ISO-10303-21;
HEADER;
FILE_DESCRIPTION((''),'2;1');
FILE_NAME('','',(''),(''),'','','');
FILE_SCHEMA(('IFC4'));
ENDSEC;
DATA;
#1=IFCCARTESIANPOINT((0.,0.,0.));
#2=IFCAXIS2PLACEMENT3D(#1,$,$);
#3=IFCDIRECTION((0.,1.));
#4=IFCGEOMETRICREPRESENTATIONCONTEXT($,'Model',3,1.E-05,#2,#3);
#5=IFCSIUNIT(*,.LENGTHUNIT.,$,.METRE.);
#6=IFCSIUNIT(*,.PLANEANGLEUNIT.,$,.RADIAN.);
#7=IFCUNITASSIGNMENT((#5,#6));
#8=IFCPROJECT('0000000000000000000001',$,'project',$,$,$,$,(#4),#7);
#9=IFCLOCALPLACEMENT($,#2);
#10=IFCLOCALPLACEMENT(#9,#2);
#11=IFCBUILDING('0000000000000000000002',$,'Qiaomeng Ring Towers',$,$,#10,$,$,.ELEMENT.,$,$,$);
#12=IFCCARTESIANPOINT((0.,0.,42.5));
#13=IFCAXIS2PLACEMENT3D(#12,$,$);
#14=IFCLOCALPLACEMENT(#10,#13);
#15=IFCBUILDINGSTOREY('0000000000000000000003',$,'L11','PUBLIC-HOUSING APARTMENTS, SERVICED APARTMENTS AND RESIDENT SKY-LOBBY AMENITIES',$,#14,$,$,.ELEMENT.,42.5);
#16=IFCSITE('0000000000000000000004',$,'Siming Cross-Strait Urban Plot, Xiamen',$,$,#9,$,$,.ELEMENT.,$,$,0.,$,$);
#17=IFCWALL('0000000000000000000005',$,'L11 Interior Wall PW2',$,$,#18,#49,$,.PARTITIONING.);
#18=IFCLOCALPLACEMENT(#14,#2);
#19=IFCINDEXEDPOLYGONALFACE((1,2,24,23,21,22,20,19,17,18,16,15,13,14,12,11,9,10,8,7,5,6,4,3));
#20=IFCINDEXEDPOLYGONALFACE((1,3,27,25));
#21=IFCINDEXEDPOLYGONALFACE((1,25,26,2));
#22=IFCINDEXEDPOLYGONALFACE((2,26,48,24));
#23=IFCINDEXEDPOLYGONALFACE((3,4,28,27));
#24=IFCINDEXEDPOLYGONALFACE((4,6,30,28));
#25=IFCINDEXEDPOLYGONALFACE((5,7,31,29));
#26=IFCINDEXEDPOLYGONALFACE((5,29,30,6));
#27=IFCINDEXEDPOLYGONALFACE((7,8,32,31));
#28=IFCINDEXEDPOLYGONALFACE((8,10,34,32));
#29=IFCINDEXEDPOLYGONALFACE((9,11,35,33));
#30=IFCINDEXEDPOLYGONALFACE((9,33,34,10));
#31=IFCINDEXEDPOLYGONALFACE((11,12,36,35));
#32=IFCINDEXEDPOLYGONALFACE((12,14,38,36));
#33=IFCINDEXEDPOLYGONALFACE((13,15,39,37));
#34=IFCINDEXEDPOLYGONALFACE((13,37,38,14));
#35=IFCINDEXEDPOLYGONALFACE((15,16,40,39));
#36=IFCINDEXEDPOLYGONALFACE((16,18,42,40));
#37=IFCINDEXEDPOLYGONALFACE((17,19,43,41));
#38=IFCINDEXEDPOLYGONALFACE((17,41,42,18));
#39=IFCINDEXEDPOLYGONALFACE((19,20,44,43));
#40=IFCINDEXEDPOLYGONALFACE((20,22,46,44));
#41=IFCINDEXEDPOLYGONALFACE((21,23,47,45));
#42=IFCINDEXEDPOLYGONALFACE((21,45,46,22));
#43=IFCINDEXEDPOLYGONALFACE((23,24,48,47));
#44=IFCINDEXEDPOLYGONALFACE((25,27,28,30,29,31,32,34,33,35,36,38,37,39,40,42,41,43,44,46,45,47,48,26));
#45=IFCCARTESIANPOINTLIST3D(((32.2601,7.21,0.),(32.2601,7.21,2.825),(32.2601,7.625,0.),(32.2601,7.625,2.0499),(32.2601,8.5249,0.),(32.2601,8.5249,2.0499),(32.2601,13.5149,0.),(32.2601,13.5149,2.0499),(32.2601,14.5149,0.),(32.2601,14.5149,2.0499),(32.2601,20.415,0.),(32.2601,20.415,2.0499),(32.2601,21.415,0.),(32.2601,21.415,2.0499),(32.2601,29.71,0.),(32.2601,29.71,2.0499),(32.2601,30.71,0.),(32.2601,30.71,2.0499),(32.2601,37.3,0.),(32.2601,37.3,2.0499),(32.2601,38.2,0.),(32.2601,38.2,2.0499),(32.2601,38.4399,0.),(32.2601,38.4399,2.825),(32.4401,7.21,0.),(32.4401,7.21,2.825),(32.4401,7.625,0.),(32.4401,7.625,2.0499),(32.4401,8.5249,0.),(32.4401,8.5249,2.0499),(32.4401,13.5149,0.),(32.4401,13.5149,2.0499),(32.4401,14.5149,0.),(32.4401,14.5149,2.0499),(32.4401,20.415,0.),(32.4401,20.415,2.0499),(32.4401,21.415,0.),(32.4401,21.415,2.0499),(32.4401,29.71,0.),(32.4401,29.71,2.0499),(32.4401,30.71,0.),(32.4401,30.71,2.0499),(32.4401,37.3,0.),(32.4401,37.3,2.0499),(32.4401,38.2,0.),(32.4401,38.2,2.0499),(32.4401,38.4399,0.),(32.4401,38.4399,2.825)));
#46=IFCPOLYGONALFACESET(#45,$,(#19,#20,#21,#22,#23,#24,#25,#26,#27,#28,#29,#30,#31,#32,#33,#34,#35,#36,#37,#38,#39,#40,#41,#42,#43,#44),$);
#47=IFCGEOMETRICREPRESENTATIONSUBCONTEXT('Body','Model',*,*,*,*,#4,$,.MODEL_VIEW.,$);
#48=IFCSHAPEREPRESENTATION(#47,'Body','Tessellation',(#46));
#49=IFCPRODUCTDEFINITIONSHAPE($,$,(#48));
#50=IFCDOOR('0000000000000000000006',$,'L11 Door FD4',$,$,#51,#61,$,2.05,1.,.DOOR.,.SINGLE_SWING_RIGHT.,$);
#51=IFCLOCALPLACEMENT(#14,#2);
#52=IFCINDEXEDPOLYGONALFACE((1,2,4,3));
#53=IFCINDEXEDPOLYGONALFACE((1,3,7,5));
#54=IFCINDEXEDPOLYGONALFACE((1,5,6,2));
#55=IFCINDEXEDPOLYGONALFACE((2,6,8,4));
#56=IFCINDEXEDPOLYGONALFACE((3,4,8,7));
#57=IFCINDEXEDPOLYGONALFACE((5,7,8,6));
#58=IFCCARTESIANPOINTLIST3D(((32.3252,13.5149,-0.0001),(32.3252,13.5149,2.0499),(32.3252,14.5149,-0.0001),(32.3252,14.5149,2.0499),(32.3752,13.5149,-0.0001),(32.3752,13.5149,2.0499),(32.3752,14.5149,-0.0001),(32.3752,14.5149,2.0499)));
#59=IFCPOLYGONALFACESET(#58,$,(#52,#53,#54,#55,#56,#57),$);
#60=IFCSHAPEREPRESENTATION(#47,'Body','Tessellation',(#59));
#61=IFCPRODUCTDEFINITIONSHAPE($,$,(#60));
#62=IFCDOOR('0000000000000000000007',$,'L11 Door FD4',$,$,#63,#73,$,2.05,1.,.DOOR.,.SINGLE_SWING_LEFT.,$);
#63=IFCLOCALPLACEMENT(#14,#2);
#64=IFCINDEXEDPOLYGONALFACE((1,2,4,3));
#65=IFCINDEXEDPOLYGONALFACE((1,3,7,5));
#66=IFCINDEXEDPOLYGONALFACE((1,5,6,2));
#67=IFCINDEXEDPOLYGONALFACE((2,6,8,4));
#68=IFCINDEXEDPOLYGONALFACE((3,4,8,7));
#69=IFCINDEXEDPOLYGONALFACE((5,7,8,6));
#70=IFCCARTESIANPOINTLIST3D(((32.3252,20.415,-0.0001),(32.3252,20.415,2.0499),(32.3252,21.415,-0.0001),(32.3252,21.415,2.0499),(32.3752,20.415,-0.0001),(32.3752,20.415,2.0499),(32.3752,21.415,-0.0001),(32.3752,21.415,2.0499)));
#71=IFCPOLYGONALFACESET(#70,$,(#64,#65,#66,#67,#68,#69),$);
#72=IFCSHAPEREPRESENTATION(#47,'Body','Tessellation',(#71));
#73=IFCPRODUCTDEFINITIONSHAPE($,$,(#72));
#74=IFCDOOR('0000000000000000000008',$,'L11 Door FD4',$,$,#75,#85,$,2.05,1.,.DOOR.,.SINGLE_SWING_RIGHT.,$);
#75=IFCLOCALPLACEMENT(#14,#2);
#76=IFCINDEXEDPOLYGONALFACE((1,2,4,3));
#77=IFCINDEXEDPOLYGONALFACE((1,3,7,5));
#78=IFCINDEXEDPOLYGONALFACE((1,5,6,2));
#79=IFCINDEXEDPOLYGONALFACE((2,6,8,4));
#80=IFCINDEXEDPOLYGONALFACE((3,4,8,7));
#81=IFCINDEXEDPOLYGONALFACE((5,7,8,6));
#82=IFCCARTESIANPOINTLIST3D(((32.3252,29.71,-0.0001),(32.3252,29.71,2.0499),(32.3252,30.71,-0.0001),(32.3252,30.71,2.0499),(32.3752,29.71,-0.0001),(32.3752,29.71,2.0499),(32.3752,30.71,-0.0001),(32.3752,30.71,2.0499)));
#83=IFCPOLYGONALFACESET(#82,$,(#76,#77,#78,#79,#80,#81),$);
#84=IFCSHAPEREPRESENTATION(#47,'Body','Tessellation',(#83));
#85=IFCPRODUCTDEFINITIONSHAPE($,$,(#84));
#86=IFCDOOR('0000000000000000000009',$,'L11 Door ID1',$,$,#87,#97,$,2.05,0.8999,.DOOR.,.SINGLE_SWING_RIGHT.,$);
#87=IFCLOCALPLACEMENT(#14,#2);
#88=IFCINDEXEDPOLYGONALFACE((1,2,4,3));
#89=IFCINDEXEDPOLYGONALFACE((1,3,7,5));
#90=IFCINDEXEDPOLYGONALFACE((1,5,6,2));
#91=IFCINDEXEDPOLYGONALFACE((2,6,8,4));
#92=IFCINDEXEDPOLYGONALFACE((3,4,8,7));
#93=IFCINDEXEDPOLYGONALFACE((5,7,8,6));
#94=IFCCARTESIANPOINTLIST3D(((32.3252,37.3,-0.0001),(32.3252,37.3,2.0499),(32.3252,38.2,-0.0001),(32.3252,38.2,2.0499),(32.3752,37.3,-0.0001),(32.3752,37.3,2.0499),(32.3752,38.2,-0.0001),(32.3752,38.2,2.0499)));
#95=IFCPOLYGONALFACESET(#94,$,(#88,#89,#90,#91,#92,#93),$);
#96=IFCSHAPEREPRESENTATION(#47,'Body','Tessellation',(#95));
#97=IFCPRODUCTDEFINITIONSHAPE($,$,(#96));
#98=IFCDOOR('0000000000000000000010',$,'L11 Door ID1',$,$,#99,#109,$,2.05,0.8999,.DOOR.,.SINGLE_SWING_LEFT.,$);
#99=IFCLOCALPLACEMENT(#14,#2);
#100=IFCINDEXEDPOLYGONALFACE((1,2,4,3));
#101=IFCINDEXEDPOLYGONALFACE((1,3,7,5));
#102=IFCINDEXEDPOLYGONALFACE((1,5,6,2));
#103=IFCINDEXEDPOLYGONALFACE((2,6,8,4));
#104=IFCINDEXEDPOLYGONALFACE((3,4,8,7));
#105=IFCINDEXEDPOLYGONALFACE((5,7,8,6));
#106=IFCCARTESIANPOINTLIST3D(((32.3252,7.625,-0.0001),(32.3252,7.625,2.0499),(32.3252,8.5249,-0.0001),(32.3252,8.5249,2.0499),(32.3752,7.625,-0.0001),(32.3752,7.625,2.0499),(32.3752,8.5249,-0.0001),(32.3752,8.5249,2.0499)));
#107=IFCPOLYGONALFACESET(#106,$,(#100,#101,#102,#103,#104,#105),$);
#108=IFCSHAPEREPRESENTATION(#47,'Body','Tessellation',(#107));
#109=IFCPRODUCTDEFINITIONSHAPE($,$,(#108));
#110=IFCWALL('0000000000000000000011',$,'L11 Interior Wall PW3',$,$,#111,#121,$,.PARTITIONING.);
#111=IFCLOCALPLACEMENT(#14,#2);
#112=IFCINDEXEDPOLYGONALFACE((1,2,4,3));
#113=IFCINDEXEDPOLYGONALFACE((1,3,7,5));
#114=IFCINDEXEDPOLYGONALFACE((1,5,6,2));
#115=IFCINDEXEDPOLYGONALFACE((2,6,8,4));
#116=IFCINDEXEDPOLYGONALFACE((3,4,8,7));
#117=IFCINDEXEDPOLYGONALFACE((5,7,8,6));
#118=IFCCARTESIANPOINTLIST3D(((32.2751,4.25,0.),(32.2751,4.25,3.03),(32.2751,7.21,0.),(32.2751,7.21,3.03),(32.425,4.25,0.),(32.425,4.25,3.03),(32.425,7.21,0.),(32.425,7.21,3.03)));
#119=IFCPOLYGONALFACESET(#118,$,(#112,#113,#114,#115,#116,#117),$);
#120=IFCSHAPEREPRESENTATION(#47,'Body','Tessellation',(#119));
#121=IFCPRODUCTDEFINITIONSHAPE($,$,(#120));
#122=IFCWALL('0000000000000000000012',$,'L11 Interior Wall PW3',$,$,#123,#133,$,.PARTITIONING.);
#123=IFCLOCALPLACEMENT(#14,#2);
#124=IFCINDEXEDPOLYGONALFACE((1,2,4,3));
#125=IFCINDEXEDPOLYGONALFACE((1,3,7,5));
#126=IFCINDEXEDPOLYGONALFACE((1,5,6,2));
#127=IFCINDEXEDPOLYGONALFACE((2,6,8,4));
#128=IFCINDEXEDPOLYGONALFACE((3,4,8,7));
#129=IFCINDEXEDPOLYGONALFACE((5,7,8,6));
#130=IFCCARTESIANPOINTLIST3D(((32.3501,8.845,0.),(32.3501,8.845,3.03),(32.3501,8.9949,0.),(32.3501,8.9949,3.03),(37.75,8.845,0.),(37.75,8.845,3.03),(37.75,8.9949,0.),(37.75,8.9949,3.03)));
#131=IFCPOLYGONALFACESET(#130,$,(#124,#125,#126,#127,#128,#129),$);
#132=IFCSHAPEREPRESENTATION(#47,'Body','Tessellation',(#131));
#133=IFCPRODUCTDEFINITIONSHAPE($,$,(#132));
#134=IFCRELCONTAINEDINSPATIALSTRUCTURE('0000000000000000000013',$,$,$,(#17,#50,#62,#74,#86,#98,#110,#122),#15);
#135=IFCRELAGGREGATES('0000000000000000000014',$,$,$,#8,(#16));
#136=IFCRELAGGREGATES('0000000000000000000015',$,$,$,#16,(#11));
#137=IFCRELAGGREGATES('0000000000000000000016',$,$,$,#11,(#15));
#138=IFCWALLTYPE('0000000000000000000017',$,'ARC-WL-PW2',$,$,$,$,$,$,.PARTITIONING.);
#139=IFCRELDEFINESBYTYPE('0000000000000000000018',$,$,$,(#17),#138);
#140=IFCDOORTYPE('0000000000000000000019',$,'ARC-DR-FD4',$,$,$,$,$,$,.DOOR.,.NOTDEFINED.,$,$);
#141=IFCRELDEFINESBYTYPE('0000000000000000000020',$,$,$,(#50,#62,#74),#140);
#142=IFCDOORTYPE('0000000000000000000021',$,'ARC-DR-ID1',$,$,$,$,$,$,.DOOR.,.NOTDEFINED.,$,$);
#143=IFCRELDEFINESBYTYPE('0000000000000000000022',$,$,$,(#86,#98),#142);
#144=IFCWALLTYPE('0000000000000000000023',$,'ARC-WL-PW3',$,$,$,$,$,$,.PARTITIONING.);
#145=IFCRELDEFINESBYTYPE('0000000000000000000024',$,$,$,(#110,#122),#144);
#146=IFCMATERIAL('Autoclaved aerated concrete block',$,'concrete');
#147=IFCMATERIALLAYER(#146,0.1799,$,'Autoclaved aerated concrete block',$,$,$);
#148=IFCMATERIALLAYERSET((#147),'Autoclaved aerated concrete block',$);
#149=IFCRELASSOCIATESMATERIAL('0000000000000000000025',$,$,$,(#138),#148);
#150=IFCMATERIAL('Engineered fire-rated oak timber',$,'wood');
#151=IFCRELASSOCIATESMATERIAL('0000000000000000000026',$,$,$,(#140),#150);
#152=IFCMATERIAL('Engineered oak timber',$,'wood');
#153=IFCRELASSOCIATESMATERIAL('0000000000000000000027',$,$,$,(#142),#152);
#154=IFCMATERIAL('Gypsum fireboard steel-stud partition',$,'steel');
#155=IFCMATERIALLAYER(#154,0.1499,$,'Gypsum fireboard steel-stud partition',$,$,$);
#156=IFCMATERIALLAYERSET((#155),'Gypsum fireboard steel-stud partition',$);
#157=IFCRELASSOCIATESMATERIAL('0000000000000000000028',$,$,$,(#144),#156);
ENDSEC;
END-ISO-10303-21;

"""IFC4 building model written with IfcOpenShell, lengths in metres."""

from ifc_helpers import new_model, si_unit, direction, frame, frame_2d, origin, place, context, subcontext, project, spatial, rectangle, extrude, source, transform, mapped, material, layer, layer_set, type_object, element, fill, save


model = new_model("IFC4")

# Units and contexts
model_context = context("Model", 3, precision=1e-05, world=origin(), true_north=direction((0.0, 1.0)))
body_context = subcontext(model_context, "Body", "Model", "MODEL_VIEW")
ifc_project = project(units=[si_unit("LENGTHUNIT", "METRE"), si_unit("PLANEANGLEUNIT", "RADIAN")], contexts=[model_context])

# Site, building, storey
site_placement = place(None, origin())
site = spatial("IfcSite", under=ifc_project, at=site_placement, Name="Siming Cross-Strait Urban Plot, Xiamen", CompositionType="ELEMENT", RefElevation=0.0)
building_placement = place(site_placement, origin())
building = spatial("IfcBuilding", under=site, at=building_placement, Name="Qiaomeng Ring Towers", CompositionType="ELEMENT")
storey_placement = place(building_placement, frame((0.0, 0.0, 42.5)))
storey = spatial("IfcBuildingStorey", under=building, at=storey_placement, Name="L11", Description="PUBLIC-HOUSING APARTMENTS, SERVICED APARTMENTS AND RESIDENT SKY-LOBBY AMENITIES", CompositionType="ELEMENT", Elevation=42.5)

# Wall, openings, doors
ifc_material_1 = material(Name="Autoclaved aerated concrete block", Category="concrete")
ifc_layer_1 = layer(ifc_material_1, 0.1799, Name="Autoclaved aerated concrete block")
ifc_layer_set_1 = layer_set([ifc_layer_1], Name="Autoclaved aerated concrete block")
wall_type_1 = type_object("IfcWallType", Name="ARC-WL-PW2", PredefinedType="PARTITIONING", material=ifc_layer_set_1)
wall_1_placement = place(storey_placement, frame((32.3501, 7.21, 0.0), z_axis=(0.0, 0.0, 1.0), x_axis=(0.0, 1.0, 0.0)))
wall_1 = element("IfcWall", 1, at=wall_1_placement, inside=storey, type_object=wall_type_1, Name="L11 Interior Wall PW2", PredefinedType="PARTITIONING", context=body_context, shape_type="SweptSolid", body=[
    extrude(rectangle(XDim=31.23, YDim=0.1799, at=frame_2d((15.615, 0.0))), origin(), (0.0, 0.0, 1.0), 2.825),
])
opening_1_placement = place(wall_1_placement, frame((30.0901, 0.0, 0.0)))
opening_1 = element("IfcOpeningElement", 2, at=opening_1_placement, cuts=wall_1, PredefinedType="OPENING", context=body_context, shape_type="SweptSolid", body=[
    extrude(rectangle(XDim=0.8999, YDim=2.05, at=frame_2d((0.45, 1.0249))), frame((0.0, 0.0999, 0.0), z_axis=(0.0, -1.0, 0.0), x_axis=(1.0, 0.0, 0.0)), (0.0, 0.0, 1.0), 0.2),
])
opening_2_placement = place(wall_1_placement, frame((0.415, 0.0, 0.0)))
opening_2 = element("IfcOpeningElement", 3, at=opening_2_placement, cuts=wall_1, PredefinedType="OPENING", context=body_context, shape_type="SweptSolid", body=[
    extrude(rectangle(XDim=0.8999, YDim=2.05, at=frame_2d((0.45, 1.0249))), frame((0.0, 0.0999, 0.0), z_axis=(0.0, -1.0, 0.0), x_axis=(1.0, 0.0, 0.0)), (0.0, 0.0, 1.0), 0.2),
])
opening_3_placement = place(wall_1_placement, frame((6.3049, 0.0, 0.0)))
opening_3 = element("IfcOpeningElement", 4, at=opening_3_placement, cuts=wall_1, PredefinedType="OPENING", context=body_context, shape_type="SweptSolid", body=[
    extrude(rectangle(XDim=1.0, YDim=2.05, at=frame_2d((0.5, 1.0249))), frame((0.0, 0.0999, 0.0), z_axis=(0.0, -1.0, 0.0), x_axis=(1.0, 0.0, 0.0)), (0.0, 0.0, 1.0), 0.2),
])
opening_4_placement = place(wall_1_placement, frame((13.2051, 0.0, 0.0)))
opening_4 = element("IfcOpeningElement", 5, at=opening_4_placement, cuts=wall_1, PredefinedType="OPENING", context=body_context, shape_type="SweptSolid", body=[
    extrude(rectangle(XDim=1.0, YDim=2.05, at=frame_2d((0.5, 1.0249))), frame((0.0, 0.0999, 0.0), z_axis=(0.0, -1.0, 0.0), x_axis=(1.0, 0.0, 0.0)), (0.0, 0.0, 1.0), 0.2),
])
opening_5_placement = place(wall_1_placement, frame((22.5, 0.0, 0.0)))
opening_5 = element("IfcOpeningElement", 6, at=opening_5_placement, cuts=wall_1, PredefinedType="OPENING", context=body_context, shape_type="SweptSolid", body=[
    extrude(rectangle(XDim=1.0, YDim=2.05, at=frame_2d((0.5, 1.0249))), frame((0.0, 0.0999, 0.0), z_axis=(0.0, -1.0, 0.0), x_axis=(1.0, 0.0, 0.0)), (0.0, 0.0, 1.0), 0.2),
])
ifc_material_2 = material(Name="Engineered fire-rated oak timber", Category="wood")
door_type_1 = type_object("IfcDoorType", Name="ARC-DR-FD4", OperationType="NOTDEFINED", PredefinedType="DOOR", material=ifc_material_2)
shared_shape_1 = source(origin(), body_context, "Body", "SweptSolid", [
    extrude(rectangle(XDim=1.0, YDim=2.05, at=frame_2d((0.5, 1.0249))), frame((0.0, 0.0249, 0.0), z_axis=(0.0, -1.0, 0.0), x_axis=(1.0, 0.0, 0.0)), (0.0, 0.0, 1.0), 0.05),
])
door_1_placement = place(opening_3_placement, origin())
door_1 = element("IfcDoor", 7, at=door_1_placement, inside=storey, type_object=door_type_1, Name="L11 Door FD4", OperationType="SINGLE_SWING_RIGHT", OverallHeight=2.05, OverallWidth=1.0, PredefinedType="DOOR", context=body_context, shape_type="MappedRepresentation", body=[
    mapped(shared_shape_1, transform((0.0, 0.0, 0.0), x_axis=(1.0, 0.0, 0.0), y_axis=(0.0, 1.0, 0.0), z_axis=(0.0, 0.0, 1.0), scale=1.0)),
])
fill(opening_3, door_1)
door_2_placement = place(opening_4_placement, origin())
door_2 = element("IfcDoor", 8, at=door_2_placement, inside=storey, type_object=door_type_1, Name="L11 Door FD4", OperationType="SINGLE_SWING_LEFT", OverallHeight=2.05, OverallWidth=1.0, PredefinedType="DOOR", context=body_context, shape_type="MappedRepresentation", body=[
    mapped(shared_shape_1, transform((0.0, 0.0, 0.0), x_axis=(1.0, 0.0, 0.0), y_axis=(0.0, 1.0, 0.0), z_axis=(0.0, 0.0, 1.0), scale=1.0)),
])
fill(opening_4, door_2)
door_3_placement = place(opening_5_placement, origin())
door_3 = element("IfcDoor", 9, at=door_3_placement, inside=storey, type_object=door_type_1, Name="L11 Door FD4", OperationType="SINGLE_SWING_RIGHT", OverallHeight=2.05, OverallWidth=1.0, PredefinedType="DOOR", context=body_context, shape_type="MappedRepresentation", body=[
    mapped(shared_shape_1, transform((0.0, 0.0, 0.0), x_axis=(1.0, 0.0, 0.0), y_axis=(0.0, 1.0, 0.0), z_axis=(0.0, 0.0, 1.0), scale=1.0)),
])
fill(opening_5, door_3)
ifc_material_3 = material(Name="Engineered oak timber", Category="wood")
door_type_2 = type_object("IfcDoorType", Name="ARC-DR-ID1", OperationType="NOTDEFINED", PredefinedType="DOOR", material=ifc_material_3)
shared_shape_2 = source(origin(), body_context, "Body", "SweptSolid", [
    extrude(rectangle(XDim=0.8999, YDim=2.05, at=frame_2d((0.45, 1.0249))), frame((0.0, 0.0249, 0.0), z_axis=(0.0, -1.0, 0.0), x_axis=(1.0, 0.0, 0.0)), (0.0, 0.0, 1.0), 0.05),
])
door_4_placement = place(opening_1_placement, origin())
door_4 = element("IfcDoor", 10, at=door_4_placement, inside=storey, type_object=door_type_2, Name="L11 Door ID1", OperationType="SINGLE_SWING_RIGHT", OverallHeight=2.05, OverallWidth=0.8999, PredefinedType="DOOR", context=body_context, shape_type="MappedRepresentation", body=[
    mapped(shared_shape_2, transform((0.0, 0.0, 0.0), x_axis=(1.0, 0.0, 0.0), y_axis=(0.0, 1.0, 0.0), z_axis=(0.0, 0.0, 1.0), scale=1.0)),
])
fill(opening_1, door_4)
door_5_placement = place(opening_2_placement, origin())
door_5 = element("IfcDoor", 11, at=door_5_placement, inside=storey, type_object=door_type_2, Name="L11 Door ID1", OperationType="SINGLE_SWING_LEFT", OverallHeight=2.05, OverallWidth=0.8999, PredefinedType="DOOR", context=body_context, shape_type="MappedRepresentation", body=[
    mapped(shared_shape_2, transform((0.0, 0.0, 0.0), x_axis=(1.0, 0.0, 0.0), y_axis=(0.0, 1.0, 0.0), z_axis=(0.0, 0.0, 1.0), scale=1.0)),
])
fill(opening_2, door_5)

# Walls
ifc_material_4 = material(Name="Gypsum fireboard steel-stud partition", Category="steel")
ifc_layer_2 = layer(ifc_material_4, 0.1499, Name="Gypsum fireboard steel-stud partition")
ifc_layer_set_2 = layer_set([ifc_layer_2], Name="Gypsum fireboard steel-stud partition")
wall_type_2 = type_object("IfcWallType", Name="ARC-WL-PW3", PredefinedType="PARTITIONING", material=ifc_layer_set_2)
wall_2_placement = place(storey_placement, frame((32.3501, 4.25, 0.0), z_axis=(0.0, 0.0, 1.0), x_axis=(0.0, 1.0, 0.0)))
element("IfcWall", 12, at=wall_2_placement, inside=storey, type_object=wall_type_2, Name="L11 Interior Wall PW3", PredefinedType="PARTITIONING", context=body_context, shape_type="SweptSolid", body=[
    extrude(rectangle(XDim=2.96, YDim=0.1499, at=frame_2d((1.48, 0.0))), origin(), (0.0, 0.0, 1.0), 3.03),
])
wall_3_placement = place(storey_placement, frame((32.3501, 8.9199, 0.0), z_axis=(0.0, 0.0, 1.0), x_axis=(1.0, 0.0, 0.0)))
element("IfcWall", 13, at=wall_3_placement, inside=storey, type_object=wall_type_2, Name="L11 Interior Wall PW3", PredefinedType="PARTITIONING", context=body_context, shape_type="SweptSolid", body=[
    extrude(rectangle(XDim=5.3999, YDim=0.1499, at=frame_2d((2.7, 0.0))), origin(), (0.0, 0.0, 1.0), 3.03),
])

save(model, "model.ifc")
